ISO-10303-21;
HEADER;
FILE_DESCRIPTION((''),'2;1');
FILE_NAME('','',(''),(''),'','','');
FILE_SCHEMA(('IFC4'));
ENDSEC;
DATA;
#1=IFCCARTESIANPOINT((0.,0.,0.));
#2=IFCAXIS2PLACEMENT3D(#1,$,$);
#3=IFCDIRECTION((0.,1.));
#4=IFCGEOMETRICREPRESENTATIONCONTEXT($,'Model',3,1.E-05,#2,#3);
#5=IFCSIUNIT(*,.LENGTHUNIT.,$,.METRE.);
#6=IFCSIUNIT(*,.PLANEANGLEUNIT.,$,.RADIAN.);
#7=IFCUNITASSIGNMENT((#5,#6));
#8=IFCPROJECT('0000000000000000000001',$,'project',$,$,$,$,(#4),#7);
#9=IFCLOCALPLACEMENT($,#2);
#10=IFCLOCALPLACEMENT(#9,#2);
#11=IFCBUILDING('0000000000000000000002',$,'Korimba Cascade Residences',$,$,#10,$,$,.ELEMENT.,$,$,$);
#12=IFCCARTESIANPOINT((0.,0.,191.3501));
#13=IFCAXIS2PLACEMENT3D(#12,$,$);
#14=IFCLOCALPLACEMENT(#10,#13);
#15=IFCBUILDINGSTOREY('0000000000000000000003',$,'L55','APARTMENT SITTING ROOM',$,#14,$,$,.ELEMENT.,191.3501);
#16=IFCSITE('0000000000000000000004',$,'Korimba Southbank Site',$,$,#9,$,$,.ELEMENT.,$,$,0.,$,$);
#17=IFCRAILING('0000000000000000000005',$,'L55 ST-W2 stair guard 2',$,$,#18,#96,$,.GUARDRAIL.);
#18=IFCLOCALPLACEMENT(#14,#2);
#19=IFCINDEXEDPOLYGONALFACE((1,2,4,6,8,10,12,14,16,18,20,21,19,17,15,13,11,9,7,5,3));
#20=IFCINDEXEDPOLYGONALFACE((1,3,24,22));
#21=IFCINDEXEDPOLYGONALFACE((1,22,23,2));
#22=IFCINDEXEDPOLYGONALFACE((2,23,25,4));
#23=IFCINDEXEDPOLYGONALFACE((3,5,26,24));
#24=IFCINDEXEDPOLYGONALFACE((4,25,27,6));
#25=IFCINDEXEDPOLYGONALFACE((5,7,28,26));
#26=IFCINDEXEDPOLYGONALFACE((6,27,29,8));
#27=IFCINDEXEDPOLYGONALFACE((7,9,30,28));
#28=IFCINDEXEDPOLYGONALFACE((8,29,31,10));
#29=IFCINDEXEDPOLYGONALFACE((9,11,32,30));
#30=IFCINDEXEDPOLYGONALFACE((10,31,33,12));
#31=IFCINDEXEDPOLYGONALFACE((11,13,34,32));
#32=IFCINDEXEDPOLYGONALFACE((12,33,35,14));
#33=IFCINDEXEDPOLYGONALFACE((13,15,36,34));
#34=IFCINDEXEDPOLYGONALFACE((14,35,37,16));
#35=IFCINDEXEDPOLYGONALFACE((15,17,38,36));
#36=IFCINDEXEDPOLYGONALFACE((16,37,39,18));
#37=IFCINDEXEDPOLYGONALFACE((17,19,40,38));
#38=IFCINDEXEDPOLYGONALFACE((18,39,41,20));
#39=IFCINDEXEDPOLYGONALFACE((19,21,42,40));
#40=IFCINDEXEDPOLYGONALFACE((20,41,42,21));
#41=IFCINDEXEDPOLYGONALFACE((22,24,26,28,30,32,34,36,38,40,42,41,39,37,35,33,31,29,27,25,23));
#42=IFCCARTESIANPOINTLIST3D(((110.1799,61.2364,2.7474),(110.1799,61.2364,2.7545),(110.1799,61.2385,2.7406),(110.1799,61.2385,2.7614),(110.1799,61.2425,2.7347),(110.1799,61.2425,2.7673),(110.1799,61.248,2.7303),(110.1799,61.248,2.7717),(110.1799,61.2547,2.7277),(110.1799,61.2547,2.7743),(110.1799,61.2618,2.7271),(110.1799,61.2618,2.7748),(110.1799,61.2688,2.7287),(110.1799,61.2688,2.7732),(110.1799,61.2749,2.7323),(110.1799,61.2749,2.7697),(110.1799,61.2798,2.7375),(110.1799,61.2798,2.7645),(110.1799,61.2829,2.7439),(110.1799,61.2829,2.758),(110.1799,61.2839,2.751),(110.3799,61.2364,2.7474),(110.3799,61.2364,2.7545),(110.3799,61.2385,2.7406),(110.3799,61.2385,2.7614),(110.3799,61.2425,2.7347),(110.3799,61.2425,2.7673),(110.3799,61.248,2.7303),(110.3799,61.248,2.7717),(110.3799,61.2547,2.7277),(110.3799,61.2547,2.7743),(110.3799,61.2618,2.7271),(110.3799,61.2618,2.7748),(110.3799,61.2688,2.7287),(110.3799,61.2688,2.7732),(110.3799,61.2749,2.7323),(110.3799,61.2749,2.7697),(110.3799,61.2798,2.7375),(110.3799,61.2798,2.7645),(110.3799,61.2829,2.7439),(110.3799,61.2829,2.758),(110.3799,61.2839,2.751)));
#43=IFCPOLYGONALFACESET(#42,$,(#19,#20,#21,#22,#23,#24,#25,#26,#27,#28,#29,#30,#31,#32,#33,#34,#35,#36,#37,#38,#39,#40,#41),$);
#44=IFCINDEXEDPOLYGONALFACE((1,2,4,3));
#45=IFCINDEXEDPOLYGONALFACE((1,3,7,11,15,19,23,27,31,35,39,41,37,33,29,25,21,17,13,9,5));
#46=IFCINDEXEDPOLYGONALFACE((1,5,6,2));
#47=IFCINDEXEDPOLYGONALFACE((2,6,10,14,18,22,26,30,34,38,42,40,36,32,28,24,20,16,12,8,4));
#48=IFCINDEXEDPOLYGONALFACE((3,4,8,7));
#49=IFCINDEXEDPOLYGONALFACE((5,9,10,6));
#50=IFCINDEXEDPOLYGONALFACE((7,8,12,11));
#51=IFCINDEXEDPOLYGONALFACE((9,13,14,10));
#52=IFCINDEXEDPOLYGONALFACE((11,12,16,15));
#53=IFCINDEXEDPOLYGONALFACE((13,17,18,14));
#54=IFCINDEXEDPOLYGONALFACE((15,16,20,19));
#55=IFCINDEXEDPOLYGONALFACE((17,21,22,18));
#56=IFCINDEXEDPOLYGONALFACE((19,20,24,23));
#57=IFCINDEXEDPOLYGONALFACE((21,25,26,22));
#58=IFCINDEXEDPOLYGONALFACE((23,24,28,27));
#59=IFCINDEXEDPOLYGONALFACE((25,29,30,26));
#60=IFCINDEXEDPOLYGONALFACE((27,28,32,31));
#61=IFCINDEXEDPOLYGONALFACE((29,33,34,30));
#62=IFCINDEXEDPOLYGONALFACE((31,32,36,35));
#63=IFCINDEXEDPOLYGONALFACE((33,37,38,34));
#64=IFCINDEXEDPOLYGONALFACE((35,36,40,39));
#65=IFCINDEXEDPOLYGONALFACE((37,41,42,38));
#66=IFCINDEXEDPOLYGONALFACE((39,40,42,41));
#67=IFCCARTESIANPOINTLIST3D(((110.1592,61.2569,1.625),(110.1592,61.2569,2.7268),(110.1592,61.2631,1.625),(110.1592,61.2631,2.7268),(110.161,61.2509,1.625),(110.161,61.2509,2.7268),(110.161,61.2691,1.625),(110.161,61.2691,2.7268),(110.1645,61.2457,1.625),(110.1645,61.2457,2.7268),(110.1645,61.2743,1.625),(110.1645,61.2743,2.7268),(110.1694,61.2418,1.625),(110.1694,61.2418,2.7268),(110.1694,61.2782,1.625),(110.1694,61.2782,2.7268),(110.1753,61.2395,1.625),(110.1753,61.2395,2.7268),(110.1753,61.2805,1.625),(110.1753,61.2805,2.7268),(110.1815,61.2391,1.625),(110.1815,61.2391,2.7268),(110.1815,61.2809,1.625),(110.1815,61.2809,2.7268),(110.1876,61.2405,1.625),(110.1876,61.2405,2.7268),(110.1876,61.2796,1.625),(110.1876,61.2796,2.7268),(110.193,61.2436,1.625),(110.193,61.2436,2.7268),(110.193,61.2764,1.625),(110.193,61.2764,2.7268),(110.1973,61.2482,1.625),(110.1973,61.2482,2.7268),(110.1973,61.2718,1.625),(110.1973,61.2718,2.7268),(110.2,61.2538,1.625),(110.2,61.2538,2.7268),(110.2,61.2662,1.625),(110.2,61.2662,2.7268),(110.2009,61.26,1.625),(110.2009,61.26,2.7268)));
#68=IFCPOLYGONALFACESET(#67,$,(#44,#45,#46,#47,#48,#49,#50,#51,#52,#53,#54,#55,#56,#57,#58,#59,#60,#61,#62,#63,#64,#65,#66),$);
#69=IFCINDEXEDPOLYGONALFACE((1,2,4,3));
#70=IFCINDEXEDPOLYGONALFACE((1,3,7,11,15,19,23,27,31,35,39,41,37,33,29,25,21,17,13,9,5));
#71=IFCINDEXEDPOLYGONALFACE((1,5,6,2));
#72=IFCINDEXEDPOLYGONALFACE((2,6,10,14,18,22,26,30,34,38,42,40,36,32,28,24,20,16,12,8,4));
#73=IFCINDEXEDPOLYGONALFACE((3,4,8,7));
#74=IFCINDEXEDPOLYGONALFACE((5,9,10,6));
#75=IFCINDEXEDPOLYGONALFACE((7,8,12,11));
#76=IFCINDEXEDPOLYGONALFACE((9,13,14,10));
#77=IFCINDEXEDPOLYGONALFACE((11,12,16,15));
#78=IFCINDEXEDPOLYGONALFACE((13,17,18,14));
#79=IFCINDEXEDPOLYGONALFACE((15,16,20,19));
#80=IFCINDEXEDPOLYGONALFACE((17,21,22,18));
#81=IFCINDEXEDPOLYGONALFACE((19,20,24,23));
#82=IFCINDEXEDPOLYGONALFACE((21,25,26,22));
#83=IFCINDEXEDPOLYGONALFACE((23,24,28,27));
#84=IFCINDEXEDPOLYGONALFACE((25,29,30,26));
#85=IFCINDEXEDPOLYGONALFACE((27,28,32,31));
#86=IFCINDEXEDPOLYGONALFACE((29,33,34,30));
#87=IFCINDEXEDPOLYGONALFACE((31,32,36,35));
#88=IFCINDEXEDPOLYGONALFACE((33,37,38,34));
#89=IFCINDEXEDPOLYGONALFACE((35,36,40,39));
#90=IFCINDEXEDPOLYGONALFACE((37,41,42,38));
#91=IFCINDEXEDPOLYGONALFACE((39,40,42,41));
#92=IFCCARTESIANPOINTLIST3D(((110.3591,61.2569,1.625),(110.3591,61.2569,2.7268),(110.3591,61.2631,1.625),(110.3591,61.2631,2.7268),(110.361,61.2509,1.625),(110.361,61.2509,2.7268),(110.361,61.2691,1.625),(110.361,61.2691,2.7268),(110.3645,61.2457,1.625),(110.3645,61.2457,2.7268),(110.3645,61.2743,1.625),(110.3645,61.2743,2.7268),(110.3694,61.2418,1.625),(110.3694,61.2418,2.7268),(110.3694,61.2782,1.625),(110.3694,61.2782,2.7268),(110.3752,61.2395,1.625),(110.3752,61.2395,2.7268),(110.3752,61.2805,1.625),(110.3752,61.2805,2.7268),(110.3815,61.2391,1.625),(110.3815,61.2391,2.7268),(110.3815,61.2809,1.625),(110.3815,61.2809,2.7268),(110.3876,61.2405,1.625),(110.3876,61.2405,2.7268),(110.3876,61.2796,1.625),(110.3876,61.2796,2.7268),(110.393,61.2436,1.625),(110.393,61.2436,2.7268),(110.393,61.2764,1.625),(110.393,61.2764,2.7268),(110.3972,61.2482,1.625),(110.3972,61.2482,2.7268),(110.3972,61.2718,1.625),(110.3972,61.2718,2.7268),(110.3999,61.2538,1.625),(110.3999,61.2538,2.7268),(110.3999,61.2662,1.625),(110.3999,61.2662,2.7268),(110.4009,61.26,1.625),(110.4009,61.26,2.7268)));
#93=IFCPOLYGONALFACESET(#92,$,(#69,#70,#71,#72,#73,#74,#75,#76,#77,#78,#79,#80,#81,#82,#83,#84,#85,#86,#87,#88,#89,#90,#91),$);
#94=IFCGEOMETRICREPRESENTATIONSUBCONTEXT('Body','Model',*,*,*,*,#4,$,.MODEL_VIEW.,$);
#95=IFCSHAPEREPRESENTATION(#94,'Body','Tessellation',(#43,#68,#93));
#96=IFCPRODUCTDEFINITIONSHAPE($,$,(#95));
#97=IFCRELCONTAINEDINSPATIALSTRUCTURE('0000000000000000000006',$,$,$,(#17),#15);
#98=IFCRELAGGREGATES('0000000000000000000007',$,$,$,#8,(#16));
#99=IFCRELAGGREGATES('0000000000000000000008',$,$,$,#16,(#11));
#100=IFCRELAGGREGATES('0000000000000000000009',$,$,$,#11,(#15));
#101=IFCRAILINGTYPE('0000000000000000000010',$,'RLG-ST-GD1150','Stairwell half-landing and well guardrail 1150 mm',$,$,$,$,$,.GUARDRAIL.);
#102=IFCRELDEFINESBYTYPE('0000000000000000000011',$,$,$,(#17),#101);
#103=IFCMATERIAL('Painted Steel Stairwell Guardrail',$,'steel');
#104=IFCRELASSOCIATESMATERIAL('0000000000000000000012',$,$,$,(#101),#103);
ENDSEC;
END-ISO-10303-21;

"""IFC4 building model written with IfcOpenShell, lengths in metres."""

from ifc_helpers import new_model, si_unit, direction, frame, origin, origin_2d, place, context, subcontext, project, spatial, circle, extrude, material, type_object, element, save


model = new_model("IFC4")

# Units and contexts
model_context = context("Model", 3, precision=1e-05, world=origin(), true_north=direction((0.0, 1.0)))
body_context = subcontext(model_context, "Body", "Model", "MODEL_VIEW")
ifc_project = project(units=[si_unit("LENGTHUNIT", "METRE"), si_unit("PLANEANGLEUNIT", "RADIAN")], contexts=[model_context])

# Site, building, storey
site_placement = place(None, origin())
site = spatial("IfcSite", under=ifc_project, at=site_placement, Name="Korimba Southbank Site", CompositionType="ELEMENT", RefElevation=0.0)
building_placement = place(site_placement, origin())
building = spatial("IfcBuilding", under=site, at=building_placement, Name="Korimba Cascade Residences", CompositionType="ELEMENT")
storey_placement = place(building_placement, frame((0.0, 0.0, 191.3501)))
storey = spatial("IfcBuildingStorey", under=building, at=storey_placement, Name="L55", Description="APARTMENT SITTING ROOM", CompositionType="ELEMENT", Elevation=191.3501)

# Railing
ifc_material_1 = material(Name="Painted Steel Stairwell Guardrail", Category="steel")
railing_type_1 = type_object("IfcRailingType", Name="RLG-ST-GD1150", Description="Stairwell half-landing and well guardrail 1150 mm", PredefinedType="GUARDRAIL", material=ifc_material_1)
railing_1_placement = place(storey_placement, frame((110.1799, 61.26, 1.625)))
element("IfcRailing", 1, at=railing_1_placement, inside=storey, type_object=railing_type_1, Name="L55 ST-W2 stair guard 2", PredefinedType="GUARDRAIL", context=body_context, shape_type="SweptSolid", body=[
    extrude(circle(Radius=0.0239, at=origin_2d()), frame((0.0, 0.0, 1.126), z_axis=(1.0, 0.0, 0.0), x_axis=(0.0, 1.0, 0.0)), (0.0, 0.0, 1.0), 0.2),
    extrude(circle(Radius=0.021, at=origin_2d()), origin(), (0.0, 0.0, 1.0), 1.1018),
    extrude(circle(Radius=0.021, at=origin_2d()), frame((0.2, 0.0, 0.0)), (0.0, 0.0, 1.0), 1.1018),
])

save(model, "model.ifc")
